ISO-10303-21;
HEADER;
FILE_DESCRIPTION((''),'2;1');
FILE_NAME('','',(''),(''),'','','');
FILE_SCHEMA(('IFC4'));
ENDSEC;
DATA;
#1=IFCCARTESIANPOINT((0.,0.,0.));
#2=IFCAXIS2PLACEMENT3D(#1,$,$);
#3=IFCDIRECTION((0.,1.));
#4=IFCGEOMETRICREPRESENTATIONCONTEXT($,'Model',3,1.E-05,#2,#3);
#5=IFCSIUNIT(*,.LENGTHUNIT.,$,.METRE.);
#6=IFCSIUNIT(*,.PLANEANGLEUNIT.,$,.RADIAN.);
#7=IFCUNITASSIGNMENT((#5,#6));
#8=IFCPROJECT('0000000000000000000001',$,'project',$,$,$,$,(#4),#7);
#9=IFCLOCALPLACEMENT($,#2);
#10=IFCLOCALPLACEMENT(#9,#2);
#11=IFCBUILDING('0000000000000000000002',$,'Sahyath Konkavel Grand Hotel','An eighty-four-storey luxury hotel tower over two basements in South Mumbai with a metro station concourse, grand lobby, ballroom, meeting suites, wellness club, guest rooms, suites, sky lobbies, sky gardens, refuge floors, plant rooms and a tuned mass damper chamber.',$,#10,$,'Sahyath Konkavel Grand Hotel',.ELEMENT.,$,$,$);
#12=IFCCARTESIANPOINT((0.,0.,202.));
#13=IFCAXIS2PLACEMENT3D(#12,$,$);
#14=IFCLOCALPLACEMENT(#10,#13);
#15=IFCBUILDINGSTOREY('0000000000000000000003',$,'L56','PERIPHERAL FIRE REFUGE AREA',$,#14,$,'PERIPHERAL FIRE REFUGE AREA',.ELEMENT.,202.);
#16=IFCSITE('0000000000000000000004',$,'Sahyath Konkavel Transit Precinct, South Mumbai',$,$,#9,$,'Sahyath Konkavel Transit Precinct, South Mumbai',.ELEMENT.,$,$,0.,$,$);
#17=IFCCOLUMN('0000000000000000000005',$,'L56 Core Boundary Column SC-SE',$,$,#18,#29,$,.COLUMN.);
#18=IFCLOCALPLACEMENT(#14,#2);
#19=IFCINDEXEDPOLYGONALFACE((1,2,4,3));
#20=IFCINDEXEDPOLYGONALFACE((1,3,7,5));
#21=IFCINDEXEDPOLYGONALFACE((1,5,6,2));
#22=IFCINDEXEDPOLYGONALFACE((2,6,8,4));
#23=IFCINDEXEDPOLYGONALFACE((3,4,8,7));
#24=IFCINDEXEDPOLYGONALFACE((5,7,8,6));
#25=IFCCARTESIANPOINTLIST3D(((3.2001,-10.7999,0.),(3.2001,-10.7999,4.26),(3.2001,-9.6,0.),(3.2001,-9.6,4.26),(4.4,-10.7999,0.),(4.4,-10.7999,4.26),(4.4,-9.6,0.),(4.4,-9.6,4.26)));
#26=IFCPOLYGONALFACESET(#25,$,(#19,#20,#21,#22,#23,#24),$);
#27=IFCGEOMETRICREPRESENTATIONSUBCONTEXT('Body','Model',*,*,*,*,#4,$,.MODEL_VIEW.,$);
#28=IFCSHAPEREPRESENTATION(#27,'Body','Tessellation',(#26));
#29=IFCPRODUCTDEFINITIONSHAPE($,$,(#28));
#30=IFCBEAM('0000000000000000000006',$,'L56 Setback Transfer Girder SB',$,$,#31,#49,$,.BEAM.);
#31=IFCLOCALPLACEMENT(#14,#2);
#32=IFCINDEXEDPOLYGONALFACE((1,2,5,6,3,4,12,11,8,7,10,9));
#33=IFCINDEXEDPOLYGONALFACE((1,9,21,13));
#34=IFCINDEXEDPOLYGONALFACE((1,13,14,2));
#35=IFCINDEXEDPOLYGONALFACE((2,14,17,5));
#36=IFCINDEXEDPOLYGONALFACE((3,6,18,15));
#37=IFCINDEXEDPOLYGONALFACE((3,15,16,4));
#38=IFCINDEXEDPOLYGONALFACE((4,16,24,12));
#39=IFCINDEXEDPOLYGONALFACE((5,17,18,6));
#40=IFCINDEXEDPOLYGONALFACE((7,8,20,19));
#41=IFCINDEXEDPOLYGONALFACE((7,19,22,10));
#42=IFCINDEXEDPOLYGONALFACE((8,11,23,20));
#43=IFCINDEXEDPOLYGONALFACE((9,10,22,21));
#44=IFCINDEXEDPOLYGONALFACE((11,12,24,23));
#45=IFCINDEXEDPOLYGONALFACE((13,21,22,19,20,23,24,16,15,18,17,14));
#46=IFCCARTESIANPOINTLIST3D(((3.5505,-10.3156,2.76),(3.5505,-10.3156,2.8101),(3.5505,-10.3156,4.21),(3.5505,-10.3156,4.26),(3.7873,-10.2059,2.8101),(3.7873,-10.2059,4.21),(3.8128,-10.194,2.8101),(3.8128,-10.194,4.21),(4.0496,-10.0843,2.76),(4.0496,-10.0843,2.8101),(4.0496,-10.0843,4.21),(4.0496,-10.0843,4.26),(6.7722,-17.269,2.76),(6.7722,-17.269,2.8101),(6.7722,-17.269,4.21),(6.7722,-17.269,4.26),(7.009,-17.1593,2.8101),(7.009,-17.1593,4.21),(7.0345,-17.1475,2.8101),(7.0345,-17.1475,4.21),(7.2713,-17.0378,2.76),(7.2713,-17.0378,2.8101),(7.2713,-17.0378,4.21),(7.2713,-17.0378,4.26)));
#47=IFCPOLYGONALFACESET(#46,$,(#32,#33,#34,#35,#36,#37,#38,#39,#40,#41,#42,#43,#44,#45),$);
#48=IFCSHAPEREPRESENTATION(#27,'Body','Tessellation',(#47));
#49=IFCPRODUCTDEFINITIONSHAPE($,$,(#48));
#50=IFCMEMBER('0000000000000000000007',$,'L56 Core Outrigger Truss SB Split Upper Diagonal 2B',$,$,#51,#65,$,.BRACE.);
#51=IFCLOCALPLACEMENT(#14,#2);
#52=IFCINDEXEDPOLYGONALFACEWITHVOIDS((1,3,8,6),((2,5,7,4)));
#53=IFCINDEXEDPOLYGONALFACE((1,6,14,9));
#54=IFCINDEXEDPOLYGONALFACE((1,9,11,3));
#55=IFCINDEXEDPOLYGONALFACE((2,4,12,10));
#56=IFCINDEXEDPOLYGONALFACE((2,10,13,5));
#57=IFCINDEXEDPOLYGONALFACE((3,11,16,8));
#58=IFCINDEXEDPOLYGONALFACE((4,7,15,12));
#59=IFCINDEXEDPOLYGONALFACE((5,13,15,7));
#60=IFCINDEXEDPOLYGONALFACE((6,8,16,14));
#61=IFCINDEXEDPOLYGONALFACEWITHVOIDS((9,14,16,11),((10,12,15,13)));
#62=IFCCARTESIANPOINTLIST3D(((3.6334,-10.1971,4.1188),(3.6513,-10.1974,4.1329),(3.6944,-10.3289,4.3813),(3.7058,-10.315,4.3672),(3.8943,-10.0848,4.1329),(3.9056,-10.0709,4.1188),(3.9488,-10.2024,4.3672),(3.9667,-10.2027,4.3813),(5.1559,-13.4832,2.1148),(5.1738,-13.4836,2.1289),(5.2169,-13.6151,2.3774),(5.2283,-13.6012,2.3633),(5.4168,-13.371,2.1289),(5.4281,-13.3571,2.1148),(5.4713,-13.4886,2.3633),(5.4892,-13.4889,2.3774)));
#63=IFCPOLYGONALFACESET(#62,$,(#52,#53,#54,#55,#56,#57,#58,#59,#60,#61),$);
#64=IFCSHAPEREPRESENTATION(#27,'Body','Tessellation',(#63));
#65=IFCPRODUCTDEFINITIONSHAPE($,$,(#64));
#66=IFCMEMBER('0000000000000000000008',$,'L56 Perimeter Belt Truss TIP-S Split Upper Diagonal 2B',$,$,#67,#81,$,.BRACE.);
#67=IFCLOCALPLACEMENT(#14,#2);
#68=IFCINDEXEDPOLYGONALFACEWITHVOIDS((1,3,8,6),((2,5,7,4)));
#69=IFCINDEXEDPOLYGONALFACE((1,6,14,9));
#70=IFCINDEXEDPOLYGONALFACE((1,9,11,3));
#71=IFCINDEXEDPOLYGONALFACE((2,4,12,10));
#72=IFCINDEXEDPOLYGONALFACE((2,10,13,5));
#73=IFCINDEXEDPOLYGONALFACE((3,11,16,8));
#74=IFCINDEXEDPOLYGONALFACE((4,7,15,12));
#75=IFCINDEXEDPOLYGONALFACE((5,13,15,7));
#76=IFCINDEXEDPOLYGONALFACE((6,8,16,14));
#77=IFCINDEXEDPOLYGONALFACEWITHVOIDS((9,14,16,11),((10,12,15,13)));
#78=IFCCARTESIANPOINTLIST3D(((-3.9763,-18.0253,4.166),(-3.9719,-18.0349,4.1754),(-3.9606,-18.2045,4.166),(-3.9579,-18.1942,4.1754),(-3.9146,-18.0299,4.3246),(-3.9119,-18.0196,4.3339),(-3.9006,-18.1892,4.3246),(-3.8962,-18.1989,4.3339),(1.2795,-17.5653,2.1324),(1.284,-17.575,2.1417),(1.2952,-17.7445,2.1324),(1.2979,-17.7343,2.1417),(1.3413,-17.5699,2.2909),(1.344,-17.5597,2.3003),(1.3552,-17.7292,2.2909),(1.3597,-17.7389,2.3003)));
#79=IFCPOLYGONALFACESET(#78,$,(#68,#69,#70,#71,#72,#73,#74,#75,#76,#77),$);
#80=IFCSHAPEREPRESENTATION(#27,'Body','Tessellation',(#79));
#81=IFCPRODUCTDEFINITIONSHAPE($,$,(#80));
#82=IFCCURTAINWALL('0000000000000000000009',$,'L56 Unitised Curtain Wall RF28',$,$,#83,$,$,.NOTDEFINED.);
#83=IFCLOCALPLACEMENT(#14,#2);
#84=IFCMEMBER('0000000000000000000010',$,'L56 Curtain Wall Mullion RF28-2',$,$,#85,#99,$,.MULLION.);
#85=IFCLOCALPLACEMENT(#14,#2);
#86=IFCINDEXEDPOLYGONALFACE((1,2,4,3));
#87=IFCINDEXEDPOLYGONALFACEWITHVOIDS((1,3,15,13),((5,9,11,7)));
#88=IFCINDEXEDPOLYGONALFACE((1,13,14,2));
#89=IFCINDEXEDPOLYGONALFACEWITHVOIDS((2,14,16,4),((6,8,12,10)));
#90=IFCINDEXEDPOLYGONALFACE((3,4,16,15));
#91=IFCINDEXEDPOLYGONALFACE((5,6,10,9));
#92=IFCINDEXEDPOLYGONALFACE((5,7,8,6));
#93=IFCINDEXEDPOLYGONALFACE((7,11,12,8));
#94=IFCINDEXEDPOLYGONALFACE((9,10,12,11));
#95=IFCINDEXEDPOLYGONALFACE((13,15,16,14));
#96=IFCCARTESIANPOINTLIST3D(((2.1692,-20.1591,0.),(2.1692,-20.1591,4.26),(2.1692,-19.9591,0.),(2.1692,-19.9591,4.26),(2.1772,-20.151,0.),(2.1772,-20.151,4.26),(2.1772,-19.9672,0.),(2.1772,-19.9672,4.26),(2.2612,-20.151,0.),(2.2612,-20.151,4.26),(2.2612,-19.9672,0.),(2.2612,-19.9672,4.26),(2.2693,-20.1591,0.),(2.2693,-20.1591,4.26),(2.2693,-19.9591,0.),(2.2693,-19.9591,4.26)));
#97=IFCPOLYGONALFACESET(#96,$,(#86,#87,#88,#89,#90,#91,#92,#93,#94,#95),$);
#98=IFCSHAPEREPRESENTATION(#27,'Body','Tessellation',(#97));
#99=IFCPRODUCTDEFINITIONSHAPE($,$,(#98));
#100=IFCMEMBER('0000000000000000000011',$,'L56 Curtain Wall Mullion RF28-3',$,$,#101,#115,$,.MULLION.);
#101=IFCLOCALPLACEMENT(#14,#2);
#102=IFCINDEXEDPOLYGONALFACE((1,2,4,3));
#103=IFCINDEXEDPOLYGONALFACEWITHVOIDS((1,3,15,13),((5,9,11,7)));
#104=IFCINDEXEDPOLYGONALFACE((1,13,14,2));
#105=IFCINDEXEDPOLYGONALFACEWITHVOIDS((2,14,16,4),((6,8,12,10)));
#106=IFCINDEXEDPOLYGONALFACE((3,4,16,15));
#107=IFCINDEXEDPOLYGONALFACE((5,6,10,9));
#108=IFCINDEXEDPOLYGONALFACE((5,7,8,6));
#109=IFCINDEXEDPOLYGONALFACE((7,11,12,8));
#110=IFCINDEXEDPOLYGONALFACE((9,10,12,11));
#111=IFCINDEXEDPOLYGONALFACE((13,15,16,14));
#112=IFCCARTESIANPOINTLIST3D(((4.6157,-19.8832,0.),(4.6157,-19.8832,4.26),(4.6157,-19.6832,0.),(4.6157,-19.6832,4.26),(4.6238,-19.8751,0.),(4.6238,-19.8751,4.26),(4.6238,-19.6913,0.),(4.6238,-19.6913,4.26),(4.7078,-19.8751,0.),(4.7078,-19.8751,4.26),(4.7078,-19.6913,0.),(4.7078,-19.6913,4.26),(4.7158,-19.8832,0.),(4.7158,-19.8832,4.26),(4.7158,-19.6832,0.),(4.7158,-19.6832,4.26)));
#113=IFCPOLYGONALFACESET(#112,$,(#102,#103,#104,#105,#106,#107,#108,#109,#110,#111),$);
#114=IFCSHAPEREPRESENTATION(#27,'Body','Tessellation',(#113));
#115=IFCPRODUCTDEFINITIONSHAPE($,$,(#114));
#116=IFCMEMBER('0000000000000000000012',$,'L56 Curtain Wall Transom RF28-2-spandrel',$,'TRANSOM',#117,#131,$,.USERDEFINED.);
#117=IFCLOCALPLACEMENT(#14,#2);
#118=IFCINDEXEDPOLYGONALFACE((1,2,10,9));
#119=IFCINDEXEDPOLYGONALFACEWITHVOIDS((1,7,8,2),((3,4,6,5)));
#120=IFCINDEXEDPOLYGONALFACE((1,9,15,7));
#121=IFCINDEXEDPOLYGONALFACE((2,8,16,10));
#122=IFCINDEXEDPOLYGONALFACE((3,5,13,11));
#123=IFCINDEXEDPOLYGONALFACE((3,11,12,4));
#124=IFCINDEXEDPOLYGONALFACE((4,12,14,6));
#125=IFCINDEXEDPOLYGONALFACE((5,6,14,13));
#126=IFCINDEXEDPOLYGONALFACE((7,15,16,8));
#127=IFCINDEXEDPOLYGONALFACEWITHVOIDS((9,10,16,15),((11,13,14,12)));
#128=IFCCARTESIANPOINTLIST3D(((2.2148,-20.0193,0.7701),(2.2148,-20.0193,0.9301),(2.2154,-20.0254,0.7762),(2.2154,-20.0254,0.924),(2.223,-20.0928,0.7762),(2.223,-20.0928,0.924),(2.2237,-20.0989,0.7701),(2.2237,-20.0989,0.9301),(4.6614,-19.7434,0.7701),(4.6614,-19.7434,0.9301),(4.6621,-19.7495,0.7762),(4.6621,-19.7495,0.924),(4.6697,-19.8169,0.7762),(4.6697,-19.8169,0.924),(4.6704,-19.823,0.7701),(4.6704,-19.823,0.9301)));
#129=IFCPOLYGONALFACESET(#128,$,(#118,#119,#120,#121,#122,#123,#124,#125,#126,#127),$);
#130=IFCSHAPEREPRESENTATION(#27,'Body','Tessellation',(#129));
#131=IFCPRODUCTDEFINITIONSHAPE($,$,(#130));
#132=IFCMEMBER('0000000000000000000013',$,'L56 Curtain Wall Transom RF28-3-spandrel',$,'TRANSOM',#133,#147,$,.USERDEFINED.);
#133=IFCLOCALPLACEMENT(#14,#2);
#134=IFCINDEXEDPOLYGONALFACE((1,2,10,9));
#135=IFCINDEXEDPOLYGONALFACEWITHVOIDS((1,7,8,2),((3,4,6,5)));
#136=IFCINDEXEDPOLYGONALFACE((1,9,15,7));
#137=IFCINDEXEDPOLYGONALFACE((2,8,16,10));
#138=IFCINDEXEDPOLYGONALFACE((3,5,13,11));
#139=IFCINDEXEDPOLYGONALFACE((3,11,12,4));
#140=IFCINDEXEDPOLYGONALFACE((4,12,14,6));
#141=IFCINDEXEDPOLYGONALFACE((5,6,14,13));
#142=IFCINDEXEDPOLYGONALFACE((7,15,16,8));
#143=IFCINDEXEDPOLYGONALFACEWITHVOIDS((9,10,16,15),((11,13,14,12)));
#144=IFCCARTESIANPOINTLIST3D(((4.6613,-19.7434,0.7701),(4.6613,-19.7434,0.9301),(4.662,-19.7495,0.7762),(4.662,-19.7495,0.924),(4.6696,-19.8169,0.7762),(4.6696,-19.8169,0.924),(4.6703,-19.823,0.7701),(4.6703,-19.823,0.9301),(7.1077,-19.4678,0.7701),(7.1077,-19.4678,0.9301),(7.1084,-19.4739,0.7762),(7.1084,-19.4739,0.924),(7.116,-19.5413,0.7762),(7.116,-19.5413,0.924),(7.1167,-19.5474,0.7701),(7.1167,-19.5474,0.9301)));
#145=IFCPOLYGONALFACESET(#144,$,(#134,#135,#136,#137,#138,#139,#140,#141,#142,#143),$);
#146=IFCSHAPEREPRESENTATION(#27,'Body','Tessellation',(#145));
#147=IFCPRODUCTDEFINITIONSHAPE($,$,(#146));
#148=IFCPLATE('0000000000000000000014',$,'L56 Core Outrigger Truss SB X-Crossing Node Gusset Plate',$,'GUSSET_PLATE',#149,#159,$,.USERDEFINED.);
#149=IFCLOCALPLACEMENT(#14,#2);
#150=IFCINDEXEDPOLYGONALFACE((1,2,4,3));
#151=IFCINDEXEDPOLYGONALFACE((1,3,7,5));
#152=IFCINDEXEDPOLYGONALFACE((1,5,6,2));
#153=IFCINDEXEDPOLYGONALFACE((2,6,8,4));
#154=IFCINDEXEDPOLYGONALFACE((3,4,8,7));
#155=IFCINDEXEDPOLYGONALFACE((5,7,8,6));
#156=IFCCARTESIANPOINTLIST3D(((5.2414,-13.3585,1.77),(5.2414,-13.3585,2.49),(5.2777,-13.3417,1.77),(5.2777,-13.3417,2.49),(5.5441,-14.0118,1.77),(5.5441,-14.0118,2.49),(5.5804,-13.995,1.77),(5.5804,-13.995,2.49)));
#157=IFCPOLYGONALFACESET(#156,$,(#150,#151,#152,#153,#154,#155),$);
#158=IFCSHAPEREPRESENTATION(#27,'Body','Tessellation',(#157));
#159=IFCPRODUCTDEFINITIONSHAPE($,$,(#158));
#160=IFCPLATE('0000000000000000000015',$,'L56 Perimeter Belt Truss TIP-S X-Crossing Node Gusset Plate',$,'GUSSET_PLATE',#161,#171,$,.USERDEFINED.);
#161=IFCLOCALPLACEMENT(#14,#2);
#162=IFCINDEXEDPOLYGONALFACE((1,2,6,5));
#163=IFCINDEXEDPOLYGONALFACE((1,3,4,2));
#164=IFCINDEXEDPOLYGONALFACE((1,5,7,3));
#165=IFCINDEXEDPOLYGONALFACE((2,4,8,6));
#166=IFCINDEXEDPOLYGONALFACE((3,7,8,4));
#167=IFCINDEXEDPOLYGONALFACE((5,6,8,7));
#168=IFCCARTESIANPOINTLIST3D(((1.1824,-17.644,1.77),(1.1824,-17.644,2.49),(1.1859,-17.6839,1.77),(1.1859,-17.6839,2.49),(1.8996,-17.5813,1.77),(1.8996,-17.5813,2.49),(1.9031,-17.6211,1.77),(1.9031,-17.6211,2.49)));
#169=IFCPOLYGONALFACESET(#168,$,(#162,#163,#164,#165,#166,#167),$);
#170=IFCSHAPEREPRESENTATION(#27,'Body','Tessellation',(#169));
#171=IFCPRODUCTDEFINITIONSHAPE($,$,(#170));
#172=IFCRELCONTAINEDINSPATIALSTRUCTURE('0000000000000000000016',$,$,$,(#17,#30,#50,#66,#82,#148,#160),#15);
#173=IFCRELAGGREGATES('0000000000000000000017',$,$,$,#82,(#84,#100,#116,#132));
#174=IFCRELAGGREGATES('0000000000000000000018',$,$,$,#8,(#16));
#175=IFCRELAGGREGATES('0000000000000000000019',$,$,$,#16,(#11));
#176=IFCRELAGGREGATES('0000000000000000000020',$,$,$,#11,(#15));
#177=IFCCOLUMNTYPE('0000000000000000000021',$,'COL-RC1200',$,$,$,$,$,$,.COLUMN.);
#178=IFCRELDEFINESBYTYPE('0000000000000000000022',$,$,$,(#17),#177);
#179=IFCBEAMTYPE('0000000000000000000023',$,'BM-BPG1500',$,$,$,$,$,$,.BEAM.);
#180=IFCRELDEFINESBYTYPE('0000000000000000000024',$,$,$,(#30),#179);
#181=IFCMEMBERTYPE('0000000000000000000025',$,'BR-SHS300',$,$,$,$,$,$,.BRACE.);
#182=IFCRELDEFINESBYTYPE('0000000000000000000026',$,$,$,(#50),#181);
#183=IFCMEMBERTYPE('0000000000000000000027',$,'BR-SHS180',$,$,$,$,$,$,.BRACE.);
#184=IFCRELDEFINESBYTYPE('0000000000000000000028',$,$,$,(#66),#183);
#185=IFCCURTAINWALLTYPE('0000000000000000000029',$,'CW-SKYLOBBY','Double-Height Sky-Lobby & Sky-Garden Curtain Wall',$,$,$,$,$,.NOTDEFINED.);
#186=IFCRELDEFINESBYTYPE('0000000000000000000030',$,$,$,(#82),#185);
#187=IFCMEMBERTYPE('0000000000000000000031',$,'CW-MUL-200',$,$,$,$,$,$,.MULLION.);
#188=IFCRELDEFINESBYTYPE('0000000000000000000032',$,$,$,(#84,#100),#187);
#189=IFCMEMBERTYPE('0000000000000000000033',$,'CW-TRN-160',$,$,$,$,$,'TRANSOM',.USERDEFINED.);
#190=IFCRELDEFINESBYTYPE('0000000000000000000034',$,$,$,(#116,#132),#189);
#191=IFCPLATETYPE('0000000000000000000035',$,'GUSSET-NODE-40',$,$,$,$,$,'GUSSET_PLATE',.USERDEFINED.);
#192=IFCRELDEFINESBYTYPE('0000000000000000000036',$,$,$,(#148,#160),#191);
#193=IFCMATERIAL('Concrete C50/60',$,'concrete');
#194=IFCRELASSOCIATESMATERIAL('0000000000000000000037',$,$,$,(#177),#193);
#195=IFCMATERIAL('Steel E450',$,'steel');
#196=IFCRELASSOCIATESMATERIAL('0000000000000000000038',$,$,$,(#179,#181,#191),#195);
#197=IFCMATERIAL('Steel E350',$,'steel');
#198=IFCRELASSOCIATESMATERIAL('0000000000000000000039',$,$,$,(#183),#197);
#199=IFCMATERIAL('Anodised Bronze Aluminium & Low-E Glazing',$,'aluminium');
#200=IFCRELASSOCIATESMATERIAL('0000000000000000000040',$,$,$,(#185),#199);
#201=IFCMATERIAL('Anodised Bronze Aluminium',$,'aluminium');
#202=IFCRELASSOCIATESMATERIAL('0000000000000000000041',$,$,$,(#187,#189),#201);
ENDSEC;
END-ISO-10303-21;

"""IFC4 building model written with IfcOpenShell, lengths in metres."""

from ifc_helpers import new_model, si_unit, direction, frame, origin, origin_2d, place, context, subcontext, project, spatial, rectangle, hollow_rectangle, i_section, extrude, source, transform, mapped, material, material_profile, profile_set, type_object, element, aggregate, save


model = new_model("IFC4")

# Units and contexts
model_context = context("Model", 3, precision=1e-05, world=origin(), true_north=direction((0.0, 1.0)))
body_context = subcontext(model_context, "Body", "Model", "MODEL_VIEW")
ifc_project = project(units=[si_unit("LENGTHUNIT", "METRE"), si_unit("PLANEANGLEUNIT", "RADIAN")], contexts=[model_context])

# Site, building, storey
site_placement = place(None, origin())
site = spatial("IfcSite", under=ifc_project, at=site_placement, Name="Sahyath Konkavel Transit Precinct, South Mumbai", LongName="Sahyath Konkavel Transit Precinct, South Mumbai", CompositionType="ELEMENT", RefElevation=0.0)
building_placement = place(site_placement, origin())
building = spatial("IfcBuilding", under=site, at=building_placement, Name="Sahyath Konkavel Grand Hotel", Description="An eighty-four-storey luxury hotel tower over two basements in South Mumbai with a metro station concourse, grand lobby, ballroom, meeting suites, wellness club, guest rooms, suites, sky lobbies, sky gardens, refuge floors, plant rooms and a tuned mass damper chamber.", LongName="Sahyath Konkavel Grand Hotel", CompositionType="ELEMENT")
storey_placement = place(building_placement, frame((0.0, 0.0, 202.0)))
storey = spatial("IfcBuildingStorey", under=building, at=storey_placement, Name="L56", Description="PERIPHERAL FIRE REFUGE AREA", LongName="PERIPHERAL FIRE REFUGE AREA", CompositionType="ELEMENT", Elevation=202.0)

# Column
ifc_material_1 = material(Name="Concrete C50/60", Category="concrete")
ifc_material_profile_1 = material_profile(ifc_material_1, rectangle(XDim=1.2, YDim=1.2, at=origin_2d()), Name="RC 1200x1200")
ifc_profile_set_1 = profile_set([ifc_material_profile_1], Name="Concrete C50/60")
column_type = type_object("IfcColumnType", Name="COL-RC1200", PredefinedType="COLUMN", material=ifc_profile_set_1)
shared_shape_1 = source(origin(), body_context, "Body", "SweptSolid", [
    extrude(rectangle(XDim=1.2, YDim=1.2, at=origin_2d()), origin(), (0.0, 0.0, 1.0), 4.26),
])
column_placement = place(storey_placement, frame((3.8, -10.2, 0.0), z_axis=(0.0, 0.0, 1.0), x_axis=(1.0, 0.0, 0.0)))
element("IfcColumn", 1, at=column_placement, inside=storey, type_object=column_type, Name="L56 Core Boundary Column SC-SE", PredefinedType="COLUMN", context=body_context, shape_type="MappedRepresentation", body=[
    mapped(shared_shape_1, transform((0.0, 0.0, 0.0), scale=1.0)),
])

# Beam
ifc_material_2 = material(Name="Steel E450", Category="steel")
ifc_material_profile_2 = material_profile(ifc_material_2, i_section(OverallWidth=0.55, OverallDepth=1.5, WebThickness=0.0281, FlangeThickness=0.05, at=origin_2d()), Name="BPG 1500x550")
ifc_profile_set_2 = profile_set([ifc_material_profile_2], Name="Steel E450")
beam_type = type_object("IfcBeamType", Name="BM-BPG1500", PredefinedType="BEAM", material=ifc_profile_set_2)
shared_shape_2 = source(origin(), body_context, "Body", "SweptSolid", [
    extrude(i_section(OverallWidth=0.55, OverallDepth=1.5, WebThickness=0.0281, FlangeThickness=0.05, at=origin_2d()), origin(), (0.0, 0.0, 1.0), 7.6636),
])
beam_placement = place(storey_placement, frame((3.8, -10.2, 3.51), z_axis=(0.420395, -0.907341, 0.0), x_axis=(0.907341, 0.420395, 0.0)))
element("IfcBeam", 2, at=beam_placement, inside=storey, type_object=beam_type, Name="L56 Setback Transfer Girder SB", PredefinedType="BEAM", context=body_context, shape_type="MappedRepresentation", body=[
    mapped(shared_shape_2, transform((0.0, 0.0, 0.0), scale=1.0)),
])

# Members
ifc_material_profile_3 = material_profile(ifc_material_2, hollow_rectangle(XDim=0.3, YDim=0.3, WallThickness=0.0161, at=origin_2d()), Name="SHS 300x300x16")
ifc_profile_set_3 = profile_set([ifc_material_profile_3], Name="Steel E450")
member_type_1 = type_object("IfcMemberType", Name="BR-SHS300", PredefinedType="BRACE", material=ifc_profile_set_3)
shared_shape_3 = source(origin(), body_context, "Body", "SweptSolid", [
    extrude(hollow_rectangle(XDim=0.3, YDim=0.3, WallThickness=0.0161, at=origin_2d()), origin(), (0.0, 0.0, 1.0), 4.1392),
])
member_1_placement = place(storey_placement, frame((5.3225, -13.4861, 2.2461), z_axis=(-0.367824, 0.793923, 0.48414), x_axis=(-0.907351, -0.420374, 0.0)))
element("IfcMember", 3, at=member_1_placement, inside=storey, type_object=member_type_1, Name="L56 Core Outrigger Truss SB Split Upper Diagonal 2B", PredefinedType="BRACE", context=body_context, shape_type="MappedRepresentation", body=[
    mapped(shared_shape_3, transform((0.0, 0.0, 0.0), scale=1.0)),
])
ifc_material_3 = material(Name="Steel E350", Category="steel")
ifc_material_profile_4 = material_profile(ifc_material_3, hollow_rectangle(XDim=0.1799, YDim=0.1799, WallThickness=0.01, at=origin_2d()), Name="SHS 180x180x10")
ifc_profile_set_4 = profile_set([ifc_material_profile_4], Name="Steel E350")
member_type_2 = type_object("IfcMemberType", Name="BR-SHS180", PredefinedType="BRACE", material=ifc_profile_set_4)
shared_shape_4 = source(origin(), body_context, "Body", "SweptSolid", [
    extrude(hollow_rectangle(XDim=0.1799, YDim=0.1799, WallThickness=0.01, at=origin_2d()), origin(), (0.0, 0.0, 1.0), 5.6543),
])
member_2_placement = place(storey_placement, frame((1.3196, -17.6521, 2.2163), z_axis=(-0.929527, -0.081347, 0.359669), x_axis=(0.087181, -0.996193, 0.0)))
element("IfcMember", 4, at=member_2_placement, inside=storey, type_object=member_type_2, Name="L56 Perimeter Belt Truss TIP-S Split Upper Diagonal 2B", PredefinedType="BRACE", context=body_context, shape_type="MappedRepresentation", body=[
    mapped(shared_shape_4, transform((0.0, 0.0, 0.0), scale=1.0)),
])

# Curtain wall, members
ifc_material_4 = material(Name="Anodised Bronze Aluminium & Low-E Glazing", Category="aluminium")
curtain_wall_type = type_object("IfcCurtainWallType", Name="CW-SKYLOBBY", Description="Double-Height Sky-Lobby & Sky-Garden Curtain Wall", PredefinedType="NOTDEFINED", material=ifc_material_4)
curtain_wall_placement = place(storey_placement, origin())
curtain_wall = element("IfcCurtainWall", 5, at=curtain_wall_placement, inside=storey, type_object=curtain_wall_type, Name="L56 Unitised Curtain Wall RF28", PredefinedType="NOTDEFINED")
ifc_material_5 = material(Name="Anodised Bronze Aluminium", Category="aluminium")
ifc_material_profile_5 = material_profile(ifc_material_5, hollow_rectangle(XDim=0.1001, YDim=0.2, WallThickness=0.0081, at=origin_2d()), Name="RHS 200x100x8")
ifc_profile_set_5 = profile_set([ifc_material_profile_5], Name="Anodised Bronze Aluminium")
member_type_3 = type_object("IfcMemberType", Name="CW-MUL-200", PredefinedType="MULLION", material=ifc_profile_set_5)
shared_shape_5 = source(origin(), body_context, "Body", "SweptSolid", [
    extrude(hollow_rectangle(XDim=0.1001, YDim=0.2, WallThickness=0.0081, at=origin_2d()), origin(), (0.0, 0.0, 1.0), 4.26),
])
member_3_placement = place(storey_placement, frame((2.2192, -20.0591, 0.0), z_axis=(0.0, 0.0, 1.0), x_axis=(1.0, 0.0, 0.0)))
member_3 = element("IfcMember", 6, at=member_3_placement, type_object=member_type_3, Name="L56 Curtain Wall Mullion RF28-2", PredefinedType="MULLION", context=body_context, shape_type="MappedRepresentation", body=[
    mapped(shared_shape_5, transform((0.0, 0.0, 0.0), scale=1.0)),
])
member_4_placement = place(storey_placement, frame((4.6658, -19.7832, 0.0), z_axis=(0.0, 0.0, 1.0), x_axis=(1.0, 0.0, 0.0)))
member_4 = element("IfcMember", 7, at=member_4_placement, type_object=member_type_3, Name="L56 Curtain Wall Mullion RF28-3", PredefinedType="MULLION", context=body_context, shape_type="MappedRepresentation", body=[
    mapped(shared_shape_5, transform((0.0, 0.0, 0.0), scale=1.0)),
])
ifc_material_profile_6 = material_profile(ifc_material_5, hollow_rectangle(XDim=0.0801, YDim=0.1599, WallThickness=0.0061, at=origin_2d()), Name="RHS 160x80x6")
ifc_profile_set_6 = profile_set([ifc_material_profile_6], Name="Anodised Bronze Aluminium")
member_type_4 = type_object("IfcMemberType", Name="CW-TRN-160", ElementType="TRANSOM", PredefinedType="USERDEFINED", material=ifc_profile_set_6)
shared_shape_6 = source(origin(), body_context, "Body", "SweptSolid", [
    extrude(hollow_rectangle(XDim=0.0801, YDim=0.1599, WallThickness=0.0061, at=origin_2d()), origin(), (0.0, 0.0, 1.0), 2.4622),
])
member_5_placement = place(storey_placement, frame((2.2192, -20.0591, 0.8501), z_axis=(0.993702, 0.112053, 0.0), x_axis=(-0.112053, 0.993702, 0.0)))
member_5 = element("IfcMember", 8, at=member_5_placement, type_object=member_type_4, Name="L56 Curtain Wall Transom RF28-2-spandrel", ObjectType="TRANSOM", PredefinedType="USERDEFINED", context=body_context, shape_type="MappedRepresentation", body=[
    mapped(shared_shape_6, transform((0.0, 0.0, 0.0), scale=1.0)),
])
shared_shape_7 = source(origin(), body_context, "Body", "SweptSolid", [
    extrude(hollow_rectangle(XDim=0.0801, YDim=0.1599, WallThickness=0.0061, at=origin_2d()), origin(), (0.0, 0.0, 1.0), 2.4619),
])
member_6_placement = place(storey_placement, frame((4.6658, -19.7832, 0.8501), z_axis=(0.993713, 0.111955, 0.0), x_axis=(-0.111955, 0.993713, 0.0)))
member_6 = element("IfcMember", 9, at=member_6_placement, type_object=member_type_4, Name="L56 Curtain Wall Transom RF28-3-spandrel", ObjectType="TRANSOM", PredefinedType="USERDEFINED", context=body_context, shape_type="MappedRepresentation", body=[
    mapped(shared_shape_7, transform((0.0, 0.0, 0.0), scale=1.0)),
])

# Plates
plate_type_1 = type_object("IfcPlateType", Name="GUSSET-NODE-40", ElementType="GUSSET_PLATE", PredefinedType="USERDEFINED", material=ifc_material_2)
shared_shape_8 = source(origin(), body_context, "Body", "SweptSolid", [
    extrude(rectangle(XDim=0.72, YDim=0.04, at=origin_2d()), origin(), (0.0, 0.0, 1.0), 0.72),
])
for number, where, z_axis, x_axis, name in (
    (10, (5.4109, -13.6768, 1.77), (0.0, 0.0, 1.0), (0.420402, -0.907338, 0.0), "L56 Core Outrigger Truss SB X-Crossing Node Gusset Plate"),
    (11, (1.5427, -17.6326, 1.77), (0.0, 0.0, 1.0), (0.996195, 0.087156, 0.0), "L56 Perimeter Belt Truss TIP-S X-Crossing Node Gusset Plate"),
):
    element("IfcPlate", number, at=place(storey_placement, frame(where, z_axis=z_axis, x_axis=x_axis)), inside=storey, type_object=plate_type_1, Name=name, ObjectType="GUSSET_PLATE", PredefinedType="USERDEFINED", context=body_context, shape_type="MappedRepresentation", body=[
        mapped(shared_shape_8, transform((0.0, 0.0, 0.0), scale=1.0)),
    ])

aggregate(curtain_wall, [member_3, member_4, member_5, member_6])

save(model, "model.ifc")
